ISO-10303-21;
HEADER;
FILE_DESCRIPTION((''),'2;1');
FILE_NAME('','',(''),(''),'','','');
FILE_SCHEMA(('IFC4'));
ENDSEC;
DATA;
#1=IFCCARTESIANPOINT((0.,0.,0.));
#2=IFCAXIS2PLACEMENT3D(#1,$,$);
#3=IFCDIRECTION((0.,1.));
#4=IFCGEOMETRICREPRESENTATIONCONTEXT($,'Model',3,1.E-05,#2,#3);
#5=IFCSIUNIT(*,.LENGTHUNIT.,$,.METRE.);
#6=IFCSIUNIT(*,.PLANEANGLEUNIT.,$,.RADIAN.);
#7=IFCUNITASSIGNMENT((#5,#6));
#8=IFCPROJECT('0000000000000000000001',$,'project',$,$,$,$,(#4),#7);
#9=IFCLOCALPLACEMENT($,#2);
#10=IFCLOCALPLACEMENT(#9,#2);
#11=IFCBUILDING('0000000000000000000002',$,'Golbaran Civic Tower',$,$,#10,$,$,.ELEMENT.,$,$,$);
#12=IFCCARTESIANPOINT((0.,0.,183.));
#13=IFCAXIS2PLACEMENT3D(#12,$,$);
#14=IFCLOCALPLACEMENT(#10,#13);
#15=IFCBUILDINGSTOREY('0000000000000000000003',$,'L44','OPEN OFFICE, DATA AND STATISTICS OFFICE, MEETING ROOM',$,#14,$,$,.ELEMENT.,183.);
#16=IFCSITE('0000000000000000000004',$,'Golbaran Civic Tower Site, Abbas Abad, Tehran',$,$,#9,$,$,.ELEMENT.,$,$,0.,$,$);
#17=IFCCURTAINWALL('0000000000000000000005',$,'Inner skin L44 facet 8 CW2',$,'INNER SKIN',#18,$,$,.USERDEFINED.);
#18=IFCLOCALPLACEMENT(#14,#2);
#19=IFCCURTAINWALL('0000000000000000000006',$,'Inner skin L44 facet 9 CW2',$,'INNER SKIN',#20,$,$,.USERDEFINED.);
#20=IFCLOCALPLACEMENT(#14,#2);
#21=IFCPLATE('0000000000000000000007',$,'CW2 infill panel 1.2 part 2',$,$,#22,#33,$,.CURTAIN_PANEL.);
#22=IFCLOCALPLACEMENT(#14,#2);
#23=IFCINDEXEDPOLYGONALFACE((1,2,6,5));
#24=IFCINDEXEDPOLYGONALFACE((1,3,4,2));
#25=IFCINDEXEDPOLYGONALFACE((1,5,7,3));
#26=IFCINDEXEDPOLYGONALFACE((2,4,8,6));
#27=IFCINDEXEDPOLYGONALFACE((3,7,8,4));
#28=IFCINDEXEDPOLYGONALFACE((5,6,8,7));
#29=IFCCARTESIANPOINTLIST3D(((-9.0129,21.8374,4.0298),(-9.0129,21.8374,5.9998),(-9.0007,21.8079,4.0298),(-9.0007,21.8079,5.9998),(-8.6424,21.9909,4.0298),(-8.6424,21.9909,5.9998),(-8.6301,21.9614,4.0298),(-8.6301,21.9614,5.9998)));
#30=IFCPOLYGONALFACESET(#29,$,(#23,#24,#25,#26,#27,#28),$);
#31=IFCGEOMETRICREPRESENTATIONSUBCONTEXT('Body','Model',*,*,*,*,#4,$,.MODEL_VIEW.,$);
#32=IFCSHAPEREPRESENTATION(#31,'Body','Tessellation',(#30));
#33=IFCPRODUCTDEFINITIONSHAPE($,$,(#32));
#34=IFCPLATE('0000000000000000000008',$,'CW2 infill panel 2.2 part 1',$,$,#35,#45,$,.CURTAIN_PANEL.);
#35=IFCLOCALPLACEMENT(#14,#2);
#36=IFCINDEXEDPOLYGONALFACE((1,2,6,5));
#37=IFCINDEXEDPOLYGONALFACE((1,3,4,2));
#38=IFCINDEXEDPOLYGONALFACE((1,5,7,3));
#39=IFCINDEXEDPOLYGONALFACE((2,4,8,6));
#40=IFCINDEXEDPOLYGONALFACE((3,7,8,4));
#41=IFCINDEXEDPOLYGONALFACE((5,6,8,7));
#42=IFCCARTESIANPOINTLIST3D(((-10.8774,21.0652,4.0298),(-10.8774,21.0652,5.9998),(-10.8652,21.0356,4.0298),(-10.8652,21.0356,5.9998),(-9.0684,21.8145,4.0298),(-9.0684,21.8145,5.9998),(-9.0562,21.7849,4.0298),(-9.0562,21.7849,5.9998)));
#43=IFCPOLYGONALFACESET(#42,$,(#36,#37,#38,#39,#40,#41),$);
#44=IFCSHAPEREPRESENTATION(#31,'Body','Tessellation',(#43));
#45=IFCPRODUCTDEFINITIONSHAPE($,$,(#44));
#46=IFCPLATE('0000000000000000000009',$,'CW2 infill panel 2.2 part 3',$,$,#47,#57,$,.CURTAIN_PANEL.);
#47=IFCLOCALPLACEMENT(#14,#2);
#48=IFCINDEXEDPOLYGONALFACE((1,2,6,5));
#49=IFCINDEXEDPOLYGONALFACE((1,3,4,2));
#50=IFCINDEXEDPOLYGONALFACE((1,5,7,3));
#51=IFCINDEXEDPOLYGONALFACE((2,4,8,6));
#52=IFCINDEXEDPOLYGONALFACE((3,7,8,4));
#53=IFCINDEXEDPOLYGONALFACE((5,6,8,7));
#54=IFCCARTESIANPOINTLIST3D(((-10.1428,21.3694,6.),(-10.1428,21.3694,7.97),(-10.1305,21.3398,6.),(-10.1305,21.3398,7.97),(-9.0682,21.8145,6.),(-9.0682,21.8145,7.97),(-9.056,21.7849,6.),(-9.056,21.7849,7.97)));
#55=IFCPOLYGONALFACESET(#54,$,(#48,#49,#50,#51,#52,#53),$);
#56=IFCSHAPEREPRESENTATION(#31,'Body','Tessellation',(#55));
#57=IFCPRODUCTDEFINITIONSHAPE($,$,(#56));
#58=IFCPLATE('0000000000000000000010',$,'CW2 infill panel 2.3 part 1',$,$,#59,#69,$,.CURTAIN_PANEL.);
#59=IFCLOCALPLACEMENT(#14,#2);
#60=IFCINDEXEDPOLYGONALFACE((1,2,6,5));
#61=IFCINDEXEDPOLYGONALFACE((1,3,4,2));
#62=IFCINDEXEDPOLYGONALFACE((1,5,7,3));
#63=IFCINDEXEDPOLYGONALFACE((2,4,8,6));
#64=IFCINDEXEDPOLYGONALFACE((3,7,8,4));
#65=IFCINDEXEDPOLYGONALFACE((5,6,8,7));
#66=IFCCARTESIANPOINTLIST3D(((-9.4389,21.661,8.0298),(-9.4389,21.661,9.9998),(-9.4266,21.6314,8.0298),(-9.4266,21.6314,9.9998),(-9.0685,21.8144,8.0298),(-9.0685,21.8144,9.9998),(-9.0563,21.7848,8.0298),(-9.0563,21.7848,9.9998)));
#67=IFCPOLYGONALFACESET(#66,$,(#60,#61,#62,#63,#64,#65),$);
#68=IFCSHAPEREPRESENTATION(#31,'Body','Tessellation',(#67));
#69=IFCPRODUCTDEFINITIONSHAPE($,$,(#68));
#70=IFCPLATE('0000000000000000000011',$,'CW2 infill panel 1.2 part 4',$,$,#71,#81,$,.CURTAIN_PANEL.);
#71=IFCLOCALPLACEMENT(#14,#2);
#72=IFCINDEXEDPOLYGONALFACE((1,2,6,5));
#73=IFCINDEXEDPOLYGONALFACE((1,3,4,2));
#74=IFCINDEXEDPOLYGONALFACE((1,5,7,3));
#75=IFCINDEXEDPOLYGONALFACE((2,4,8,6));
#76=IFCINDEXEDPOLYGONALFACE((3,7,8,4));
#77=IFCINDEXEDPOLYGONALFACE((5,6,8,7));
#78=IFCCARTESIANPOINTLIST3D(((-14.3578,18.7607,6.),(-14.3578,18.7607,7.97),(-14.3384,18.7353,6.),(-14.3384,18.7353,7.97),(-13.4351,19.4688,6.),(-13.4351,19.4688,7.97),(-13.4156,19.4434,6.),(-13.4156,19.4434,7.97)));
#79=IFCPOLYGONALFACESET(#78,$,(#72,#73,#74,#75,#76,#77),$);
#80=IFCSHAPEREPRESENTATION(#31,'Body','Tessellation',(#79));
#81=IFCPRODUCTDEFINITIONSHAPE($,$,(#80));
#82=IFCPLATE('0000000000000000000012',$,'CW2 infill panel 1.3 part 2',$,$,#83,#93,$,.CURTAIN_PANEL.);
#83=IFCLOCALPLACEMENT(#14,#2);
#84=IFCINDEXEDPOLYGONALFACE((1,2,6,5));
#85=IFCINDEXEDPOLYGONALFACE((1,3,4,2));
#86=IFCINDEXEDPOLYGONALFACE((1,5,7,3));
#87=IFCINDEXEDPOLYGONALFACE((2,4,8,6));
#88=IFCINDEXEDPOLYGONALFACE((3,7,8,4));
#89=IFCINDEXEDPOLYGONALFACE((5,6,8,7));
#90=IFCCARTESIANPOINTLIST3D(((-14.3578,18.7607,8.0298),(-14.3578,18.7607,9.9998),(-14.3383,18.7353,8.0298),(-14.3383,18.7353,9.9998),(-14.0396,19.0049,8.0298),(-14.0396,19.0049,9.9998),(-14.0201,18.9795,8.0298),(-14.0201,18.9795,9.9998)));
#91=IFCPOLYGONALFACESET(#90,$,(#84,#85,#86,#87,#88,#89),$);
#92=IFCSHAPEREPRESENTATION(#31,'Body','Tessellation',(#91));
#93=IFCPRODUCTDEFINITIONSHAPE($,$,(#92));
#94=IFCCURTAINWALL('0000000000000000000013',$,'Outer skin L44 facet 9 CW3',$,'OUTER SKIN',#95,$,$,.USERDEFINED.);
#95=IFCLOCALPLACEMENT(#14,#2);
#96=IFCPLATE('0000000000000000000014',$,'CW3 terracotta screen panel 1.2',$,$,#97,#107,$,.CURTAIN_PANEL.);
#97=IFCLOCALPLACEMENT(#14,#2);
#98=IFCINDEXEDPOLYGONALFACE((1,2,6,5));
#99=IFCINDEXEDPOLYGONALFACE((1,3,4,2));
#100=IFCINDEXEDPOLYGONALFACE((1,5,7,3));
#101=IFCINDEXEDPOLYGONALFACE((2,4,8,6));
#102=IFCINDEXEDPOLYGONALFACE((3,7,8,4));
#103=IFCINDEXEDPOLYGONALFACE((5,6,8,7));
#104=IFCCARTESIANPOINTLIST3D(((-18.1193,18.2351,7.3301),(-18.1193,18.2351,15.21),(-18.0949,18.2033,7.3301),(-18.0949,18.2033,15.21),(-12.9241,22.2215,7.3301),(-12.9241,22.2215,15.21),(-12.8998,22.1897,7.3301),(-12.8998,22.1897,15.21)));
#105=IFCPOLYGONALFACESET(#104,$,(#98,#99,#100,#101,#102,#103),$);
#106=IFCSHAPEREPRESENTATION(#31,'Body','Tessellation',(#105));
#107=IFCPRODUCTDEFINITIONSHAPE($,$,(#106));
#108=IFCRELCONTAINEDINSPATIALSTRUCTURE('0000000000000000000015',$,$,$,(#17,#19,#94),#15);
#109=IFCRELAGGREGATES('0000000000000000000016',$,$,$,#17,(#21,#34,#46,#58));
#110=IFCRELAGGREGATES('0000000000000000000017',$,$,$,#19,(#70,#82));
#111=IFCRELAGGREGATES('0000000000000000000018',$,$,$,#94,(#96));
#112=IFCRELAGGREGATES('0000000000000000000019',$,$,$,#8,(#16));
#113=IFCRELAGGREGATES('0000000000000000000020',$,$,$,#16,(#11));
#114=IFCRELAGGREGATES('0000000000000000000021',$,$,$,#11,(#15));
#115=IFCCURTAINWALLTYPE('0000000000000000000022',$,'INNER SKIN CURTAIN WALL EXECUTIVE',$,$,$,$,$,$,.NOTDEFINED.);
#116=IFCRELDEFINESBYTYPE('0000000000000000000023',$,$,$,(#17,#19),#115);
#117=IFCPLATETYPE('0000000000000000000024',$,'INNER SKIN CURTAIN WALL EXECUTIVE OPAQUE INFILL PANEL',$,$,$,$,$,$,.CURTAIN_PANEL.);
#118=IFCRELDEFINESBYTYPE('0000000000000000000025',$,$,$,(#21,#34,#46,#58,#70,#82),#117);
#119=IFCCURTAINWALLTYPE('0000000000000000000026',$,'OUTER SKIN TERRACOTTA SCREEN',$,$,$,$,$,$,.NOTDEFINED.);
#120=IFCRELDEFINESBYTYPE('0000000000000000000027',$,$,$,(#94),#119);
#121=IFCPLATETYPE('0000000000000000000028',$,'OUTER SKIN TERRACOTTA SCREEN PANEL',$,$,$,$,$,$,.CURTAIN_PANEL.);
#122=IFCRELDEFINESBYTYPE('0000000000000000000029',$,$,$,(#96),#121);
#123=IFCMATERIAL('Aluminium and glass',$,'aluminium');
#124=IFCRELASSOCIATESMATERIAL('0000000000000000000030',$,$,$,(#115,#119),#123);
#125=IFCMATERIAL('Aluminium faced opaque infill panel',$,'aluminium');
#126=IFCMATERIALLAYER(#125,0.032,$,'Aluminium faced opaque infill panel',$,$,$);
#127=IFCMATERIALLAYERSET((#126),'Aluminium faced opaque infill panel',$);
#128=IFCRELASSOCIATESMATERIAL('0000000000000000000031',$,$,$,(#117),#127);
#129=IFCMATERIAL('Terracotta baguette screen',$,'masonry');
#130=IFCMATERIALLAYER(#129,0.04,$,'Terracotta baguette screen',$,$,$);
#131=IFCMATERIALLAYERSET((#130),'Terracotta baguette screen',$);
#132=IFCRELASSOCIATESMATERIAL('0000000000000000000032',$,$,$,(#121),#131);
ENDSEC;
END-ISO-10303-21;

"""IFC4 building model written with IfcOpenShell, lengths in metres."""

from ifc_helpers import new_model, si_unit, direction, frame, origin, origin_2d, place, context, subcontext, project, spatial, rectangle, extrude, material, layer, layer_set, type_object, element, aggregate, save


model = new_model("IFC4")

# Units and contexts
model_context = context("Model", 3, precision=1e-05, world=origin(), true_north=direction((0.0, 1.0)))
body_context = subcontext(model_context, "Body", "Model", "MODEL_VIEW")
ifc_project = project(units=[si_unit("LENGTHUNIT", "METRE"), si_unit("PLANEANGLEUNIT", "RADIAN")], contexts=[model_context])

# Site, building, storey
site_placement = place(None, origin())
site = spatial("IfcSite", under=ifc_project, at=site_placement, Name="Golbaran Civic Tower Site, Abbas Abad, Tehran", CompositionType="ELEMENT", RefElevation=0.0)
building_placement = place(site_placement, origin())
building = spatial("IfcBuilding", under=site, at=building_placement, Name="Golbaran Civic Tower", CompositionType="ELEMENT")
storey_placement = place(building_placement, frame((0.0, 0.0, 183.0)))
storey = spatial("IfcBuildingStorey", under=building, at=storey_placement, Name="L44", Description="OPEN OFFICE, DATA AND STATISTICS OFFICE, MEETING ROOM", CompositionType="ELEMENT", Elevation=183.0)

# Curtain walls
ifc_material_1 = material(Name="Aluminium and glass", Category="aluminium")
curtain_wall_type_1 = type_object("IfcCurtainWallType", Name="INNER SKIN CURTAIN WALL EXECUTIVE", PredefinedType="NOTDEFINED", material=ifc_material_1)
curtain_wall_1_placement = place(storey_placement, origin())
curtain_wall_1 = element("IfcCurtainWall", 1, at=curtain_wall_1_placement, inside=storey, type_object=curtain_wall_type_1, Name="Inner skin L44 facet 8 CW2", ObjectType="INNER SKIN", PredefinedType="USERDEFINED")
curtain_wall_2_placement = place(storey_placement, origin())
curtain_wall_2 = element("IfcCurtainWall", 2, at=curtain_wall_2_placement, inside=storey, type_object=curtain_wall_type_1, Name="Inner skin L44 facet 9 CW2", ObjectType="INNER SKIN", PredefinedType="USERDEFINED")

# Plates
ifc_material_2 = material(Name="Aluminium faced opaque infill panel", Category="aluminium")
ifc_layer_1 = layer(ifc_material_2, 0.032, Name="Aluminium faced opaque infill panel")
ifc_layer_set_1 = layer_set([ifc_layer_1], Name="Aluminium faced opaque infill panel")
plate_type_1 = type_object("IfcPlateType", Name="INNER SKIN CURTAIN WALL EXECUTIVE OPAQUE INFILL PANEL", PredefinedType="CURTAIN_PANEL", material=ifc_layer_set_1)
plate_1_placement = place(storey_placement, frame((-8.8215, 21.8994, 4.0298), z_axis=(0.0, 0.0, 1.0), x_axis=(-0.92388, -0.382683, 0.0)))
plate_1 = element("IfcPlate", 3, at=plate_1_placement, type_object=plate_type_1, Name="CW2 infill panel 1.2 part 2", PredefinedType="CURTAIN_PANEL", context=body_context, shape_type="SweptSolid", body=[
    extrude(rectangle(XDim=0.4011, YDim=0.032, at=origin_2d()), origin(), (0.0, 0.0, 1.0), 1.97),
])
plate_2_placement = place(storey_placement, frame((-9.9668, 21.425, 4.0298), z_axis=(0.0, 0.0, 1.0), x_axis=(-0.92388, -0.382683, 0.0)))
plate_2 = element("IfcPlate", 4, at=plate_2_placement, type_object=plate_type_1, Name="CW2 infill panel 2.2 part 1", PredefinedType="CURTAIN_PANEL", context=body_context, shape_type="SweptSolid", body=[
    extrude(rectangle(XDim=1.958, YDim=0.032, at=origin_2d()), origin(), (0.0, 0.0, 1.0), 1.97),
])
plate_3_placement = place(storey_placement, frame((-9.5994, 21.5771, 6.0), z_axis=(0.0, 0.0, 1.0), x_axis=(-0.92388, -0.382683, 0.0)))
plate_3 = element("IfcPlate", 5, at=plate_3_placement, type_object=plate_type_1, Name="CW2 infill panel 2.2 part 3", PredefinedType="CURTAIN_PANEL", context=body_context, shape_type="SweptSolid", body=[
    extrude(rectangle(XDim=1.1631, YDim=0.032, at=origin_2d()), origin(), (0.0, 0.0, 1.0), 1.97),
])
plate_4_placement = place(storey_placement, frame((-9.2476, 21.7229, 8.0298), z_axis=(0.0, 0.0, 1.0), x_axis=(-0.92388, -0.382683, 0.0)))
plate_4 = element("IfcPlate", 6, at=plate_4_placement, type_object=plate_type_1, Name="CW2 infill panel 2.3 part 1", PredefinedType="CURTAIN_PANEL", context=body_context, shape_type="SweptSolid", body=[
    extrude(rectangle(XDim=0.4009, YDim=0.032, at=origin_2d()), origin(), (0.0, 0.0, 1.0), 1.97),
])
aggregate(curtain_wall_1, [plate_1, plate_2, plate_3, plate_4])
plate_5_placement = place(storey_placement, frame((-13.8867, 19.1021, 6.0), z_axis=(0.0, 0.0, 1.0), x_axis=(-0.793353, -0.608761, 0.0)))
plate_5 = element("IfcPlate", 7, at=plate_5_placement, type_object=plate_type_1, Name="CW2 infill panel 1.2 part 4", PredefinedType="CURTAIN_PANEL", context=body_context, shape_type="SweptSolid", body=[
    extrude(rectangle(XDim=1.1631, YDim=0.032, at=origin_2d()), origin(), (0.0, 0.0, 1.0), 1.97),
])
plate_6_placement = place(storey_placement, frame((-14.189, 18.8701, 8.0298), z_axis=(0.0, 0.0, 1.0), x_axis=(-0.793353, -0.608761, 0.0)))
plate_6 = element("IfcPlate", 8, at=plate_6_placement, type_object=plate_type_1, Name="CW2 infill panel 1.3 part 2", PredefinedType="CURTAIN_PANEL", context=body_context, shape_type="SweptSolid", body=[
    extrude(rectangle(XDim=0.4011, YDim=0.032, at=origin_2d()), origin(), (0.0, 0.0, 1.0), 1.97),
])
aggregate(curtain_wall_2, [plate_5, plate_6])

# Curtain wall, plate
curtain_wall_type_2 = type_object("IfcCurtainWallType", Name="OUTER SKIN TERRACOTTA SCREEN", PredefinedType="NOTDEFINED", material=ifc_material_1)
curtain_wall_3_placement = place(storey_placement, origin())
curtain_wall_3 = element("IfcCurtainWall", 9, at=curtain_wall_3_placement, inside=storey, type_object=curtain_wall_type_2, Name="Outer skin L44 facet 9 CW3", ObjectType="OUTER SKIN", PredefinedType="USERDEFINED")
ifc_material_3 = material(Name="Terracotta baguette screen", Category="masonry")
ifc_layer_2 = layer(ifc_material_3, 0.04, Name="Terracotta baguette screen")
ifc_layer_set_2 = layer_set([ifc_layer_2], Name="Terracotta baguette screen")
plate_type_2 = type_object("IfcPlateType", Name="OUTER SKIN TERRACOTTA SCREEN PANEL", PredefinedType="CURTAIN_PANEL", material=ifc_layer_set_2)
plate_7_placement = place(storey_placement, frame((-15.5095, 20.2124, 7.3301), z_axis=(0.0, 0.0, 1.0), x_axis=(-0.793353, -0.608761, 0.0)))
plate_7 = element("IfcPlate", 10, at=plate_7_placement, type_object=plate_type_2, Name="CW3 terracotta screen panel 1.2", PredefinedType="CURTAIN_PANEL", context=body_context, shape_type="SweptSolid", body=[
    extrude(rectangle(XDim=6.5483, YDim=0.04, at=origin_2d()), origin(), (0.0, 0.0, 1.0), 7.8799),
])
aggregate(curtain_wall_3, [plate_7])

save(model, "model.ifc")
